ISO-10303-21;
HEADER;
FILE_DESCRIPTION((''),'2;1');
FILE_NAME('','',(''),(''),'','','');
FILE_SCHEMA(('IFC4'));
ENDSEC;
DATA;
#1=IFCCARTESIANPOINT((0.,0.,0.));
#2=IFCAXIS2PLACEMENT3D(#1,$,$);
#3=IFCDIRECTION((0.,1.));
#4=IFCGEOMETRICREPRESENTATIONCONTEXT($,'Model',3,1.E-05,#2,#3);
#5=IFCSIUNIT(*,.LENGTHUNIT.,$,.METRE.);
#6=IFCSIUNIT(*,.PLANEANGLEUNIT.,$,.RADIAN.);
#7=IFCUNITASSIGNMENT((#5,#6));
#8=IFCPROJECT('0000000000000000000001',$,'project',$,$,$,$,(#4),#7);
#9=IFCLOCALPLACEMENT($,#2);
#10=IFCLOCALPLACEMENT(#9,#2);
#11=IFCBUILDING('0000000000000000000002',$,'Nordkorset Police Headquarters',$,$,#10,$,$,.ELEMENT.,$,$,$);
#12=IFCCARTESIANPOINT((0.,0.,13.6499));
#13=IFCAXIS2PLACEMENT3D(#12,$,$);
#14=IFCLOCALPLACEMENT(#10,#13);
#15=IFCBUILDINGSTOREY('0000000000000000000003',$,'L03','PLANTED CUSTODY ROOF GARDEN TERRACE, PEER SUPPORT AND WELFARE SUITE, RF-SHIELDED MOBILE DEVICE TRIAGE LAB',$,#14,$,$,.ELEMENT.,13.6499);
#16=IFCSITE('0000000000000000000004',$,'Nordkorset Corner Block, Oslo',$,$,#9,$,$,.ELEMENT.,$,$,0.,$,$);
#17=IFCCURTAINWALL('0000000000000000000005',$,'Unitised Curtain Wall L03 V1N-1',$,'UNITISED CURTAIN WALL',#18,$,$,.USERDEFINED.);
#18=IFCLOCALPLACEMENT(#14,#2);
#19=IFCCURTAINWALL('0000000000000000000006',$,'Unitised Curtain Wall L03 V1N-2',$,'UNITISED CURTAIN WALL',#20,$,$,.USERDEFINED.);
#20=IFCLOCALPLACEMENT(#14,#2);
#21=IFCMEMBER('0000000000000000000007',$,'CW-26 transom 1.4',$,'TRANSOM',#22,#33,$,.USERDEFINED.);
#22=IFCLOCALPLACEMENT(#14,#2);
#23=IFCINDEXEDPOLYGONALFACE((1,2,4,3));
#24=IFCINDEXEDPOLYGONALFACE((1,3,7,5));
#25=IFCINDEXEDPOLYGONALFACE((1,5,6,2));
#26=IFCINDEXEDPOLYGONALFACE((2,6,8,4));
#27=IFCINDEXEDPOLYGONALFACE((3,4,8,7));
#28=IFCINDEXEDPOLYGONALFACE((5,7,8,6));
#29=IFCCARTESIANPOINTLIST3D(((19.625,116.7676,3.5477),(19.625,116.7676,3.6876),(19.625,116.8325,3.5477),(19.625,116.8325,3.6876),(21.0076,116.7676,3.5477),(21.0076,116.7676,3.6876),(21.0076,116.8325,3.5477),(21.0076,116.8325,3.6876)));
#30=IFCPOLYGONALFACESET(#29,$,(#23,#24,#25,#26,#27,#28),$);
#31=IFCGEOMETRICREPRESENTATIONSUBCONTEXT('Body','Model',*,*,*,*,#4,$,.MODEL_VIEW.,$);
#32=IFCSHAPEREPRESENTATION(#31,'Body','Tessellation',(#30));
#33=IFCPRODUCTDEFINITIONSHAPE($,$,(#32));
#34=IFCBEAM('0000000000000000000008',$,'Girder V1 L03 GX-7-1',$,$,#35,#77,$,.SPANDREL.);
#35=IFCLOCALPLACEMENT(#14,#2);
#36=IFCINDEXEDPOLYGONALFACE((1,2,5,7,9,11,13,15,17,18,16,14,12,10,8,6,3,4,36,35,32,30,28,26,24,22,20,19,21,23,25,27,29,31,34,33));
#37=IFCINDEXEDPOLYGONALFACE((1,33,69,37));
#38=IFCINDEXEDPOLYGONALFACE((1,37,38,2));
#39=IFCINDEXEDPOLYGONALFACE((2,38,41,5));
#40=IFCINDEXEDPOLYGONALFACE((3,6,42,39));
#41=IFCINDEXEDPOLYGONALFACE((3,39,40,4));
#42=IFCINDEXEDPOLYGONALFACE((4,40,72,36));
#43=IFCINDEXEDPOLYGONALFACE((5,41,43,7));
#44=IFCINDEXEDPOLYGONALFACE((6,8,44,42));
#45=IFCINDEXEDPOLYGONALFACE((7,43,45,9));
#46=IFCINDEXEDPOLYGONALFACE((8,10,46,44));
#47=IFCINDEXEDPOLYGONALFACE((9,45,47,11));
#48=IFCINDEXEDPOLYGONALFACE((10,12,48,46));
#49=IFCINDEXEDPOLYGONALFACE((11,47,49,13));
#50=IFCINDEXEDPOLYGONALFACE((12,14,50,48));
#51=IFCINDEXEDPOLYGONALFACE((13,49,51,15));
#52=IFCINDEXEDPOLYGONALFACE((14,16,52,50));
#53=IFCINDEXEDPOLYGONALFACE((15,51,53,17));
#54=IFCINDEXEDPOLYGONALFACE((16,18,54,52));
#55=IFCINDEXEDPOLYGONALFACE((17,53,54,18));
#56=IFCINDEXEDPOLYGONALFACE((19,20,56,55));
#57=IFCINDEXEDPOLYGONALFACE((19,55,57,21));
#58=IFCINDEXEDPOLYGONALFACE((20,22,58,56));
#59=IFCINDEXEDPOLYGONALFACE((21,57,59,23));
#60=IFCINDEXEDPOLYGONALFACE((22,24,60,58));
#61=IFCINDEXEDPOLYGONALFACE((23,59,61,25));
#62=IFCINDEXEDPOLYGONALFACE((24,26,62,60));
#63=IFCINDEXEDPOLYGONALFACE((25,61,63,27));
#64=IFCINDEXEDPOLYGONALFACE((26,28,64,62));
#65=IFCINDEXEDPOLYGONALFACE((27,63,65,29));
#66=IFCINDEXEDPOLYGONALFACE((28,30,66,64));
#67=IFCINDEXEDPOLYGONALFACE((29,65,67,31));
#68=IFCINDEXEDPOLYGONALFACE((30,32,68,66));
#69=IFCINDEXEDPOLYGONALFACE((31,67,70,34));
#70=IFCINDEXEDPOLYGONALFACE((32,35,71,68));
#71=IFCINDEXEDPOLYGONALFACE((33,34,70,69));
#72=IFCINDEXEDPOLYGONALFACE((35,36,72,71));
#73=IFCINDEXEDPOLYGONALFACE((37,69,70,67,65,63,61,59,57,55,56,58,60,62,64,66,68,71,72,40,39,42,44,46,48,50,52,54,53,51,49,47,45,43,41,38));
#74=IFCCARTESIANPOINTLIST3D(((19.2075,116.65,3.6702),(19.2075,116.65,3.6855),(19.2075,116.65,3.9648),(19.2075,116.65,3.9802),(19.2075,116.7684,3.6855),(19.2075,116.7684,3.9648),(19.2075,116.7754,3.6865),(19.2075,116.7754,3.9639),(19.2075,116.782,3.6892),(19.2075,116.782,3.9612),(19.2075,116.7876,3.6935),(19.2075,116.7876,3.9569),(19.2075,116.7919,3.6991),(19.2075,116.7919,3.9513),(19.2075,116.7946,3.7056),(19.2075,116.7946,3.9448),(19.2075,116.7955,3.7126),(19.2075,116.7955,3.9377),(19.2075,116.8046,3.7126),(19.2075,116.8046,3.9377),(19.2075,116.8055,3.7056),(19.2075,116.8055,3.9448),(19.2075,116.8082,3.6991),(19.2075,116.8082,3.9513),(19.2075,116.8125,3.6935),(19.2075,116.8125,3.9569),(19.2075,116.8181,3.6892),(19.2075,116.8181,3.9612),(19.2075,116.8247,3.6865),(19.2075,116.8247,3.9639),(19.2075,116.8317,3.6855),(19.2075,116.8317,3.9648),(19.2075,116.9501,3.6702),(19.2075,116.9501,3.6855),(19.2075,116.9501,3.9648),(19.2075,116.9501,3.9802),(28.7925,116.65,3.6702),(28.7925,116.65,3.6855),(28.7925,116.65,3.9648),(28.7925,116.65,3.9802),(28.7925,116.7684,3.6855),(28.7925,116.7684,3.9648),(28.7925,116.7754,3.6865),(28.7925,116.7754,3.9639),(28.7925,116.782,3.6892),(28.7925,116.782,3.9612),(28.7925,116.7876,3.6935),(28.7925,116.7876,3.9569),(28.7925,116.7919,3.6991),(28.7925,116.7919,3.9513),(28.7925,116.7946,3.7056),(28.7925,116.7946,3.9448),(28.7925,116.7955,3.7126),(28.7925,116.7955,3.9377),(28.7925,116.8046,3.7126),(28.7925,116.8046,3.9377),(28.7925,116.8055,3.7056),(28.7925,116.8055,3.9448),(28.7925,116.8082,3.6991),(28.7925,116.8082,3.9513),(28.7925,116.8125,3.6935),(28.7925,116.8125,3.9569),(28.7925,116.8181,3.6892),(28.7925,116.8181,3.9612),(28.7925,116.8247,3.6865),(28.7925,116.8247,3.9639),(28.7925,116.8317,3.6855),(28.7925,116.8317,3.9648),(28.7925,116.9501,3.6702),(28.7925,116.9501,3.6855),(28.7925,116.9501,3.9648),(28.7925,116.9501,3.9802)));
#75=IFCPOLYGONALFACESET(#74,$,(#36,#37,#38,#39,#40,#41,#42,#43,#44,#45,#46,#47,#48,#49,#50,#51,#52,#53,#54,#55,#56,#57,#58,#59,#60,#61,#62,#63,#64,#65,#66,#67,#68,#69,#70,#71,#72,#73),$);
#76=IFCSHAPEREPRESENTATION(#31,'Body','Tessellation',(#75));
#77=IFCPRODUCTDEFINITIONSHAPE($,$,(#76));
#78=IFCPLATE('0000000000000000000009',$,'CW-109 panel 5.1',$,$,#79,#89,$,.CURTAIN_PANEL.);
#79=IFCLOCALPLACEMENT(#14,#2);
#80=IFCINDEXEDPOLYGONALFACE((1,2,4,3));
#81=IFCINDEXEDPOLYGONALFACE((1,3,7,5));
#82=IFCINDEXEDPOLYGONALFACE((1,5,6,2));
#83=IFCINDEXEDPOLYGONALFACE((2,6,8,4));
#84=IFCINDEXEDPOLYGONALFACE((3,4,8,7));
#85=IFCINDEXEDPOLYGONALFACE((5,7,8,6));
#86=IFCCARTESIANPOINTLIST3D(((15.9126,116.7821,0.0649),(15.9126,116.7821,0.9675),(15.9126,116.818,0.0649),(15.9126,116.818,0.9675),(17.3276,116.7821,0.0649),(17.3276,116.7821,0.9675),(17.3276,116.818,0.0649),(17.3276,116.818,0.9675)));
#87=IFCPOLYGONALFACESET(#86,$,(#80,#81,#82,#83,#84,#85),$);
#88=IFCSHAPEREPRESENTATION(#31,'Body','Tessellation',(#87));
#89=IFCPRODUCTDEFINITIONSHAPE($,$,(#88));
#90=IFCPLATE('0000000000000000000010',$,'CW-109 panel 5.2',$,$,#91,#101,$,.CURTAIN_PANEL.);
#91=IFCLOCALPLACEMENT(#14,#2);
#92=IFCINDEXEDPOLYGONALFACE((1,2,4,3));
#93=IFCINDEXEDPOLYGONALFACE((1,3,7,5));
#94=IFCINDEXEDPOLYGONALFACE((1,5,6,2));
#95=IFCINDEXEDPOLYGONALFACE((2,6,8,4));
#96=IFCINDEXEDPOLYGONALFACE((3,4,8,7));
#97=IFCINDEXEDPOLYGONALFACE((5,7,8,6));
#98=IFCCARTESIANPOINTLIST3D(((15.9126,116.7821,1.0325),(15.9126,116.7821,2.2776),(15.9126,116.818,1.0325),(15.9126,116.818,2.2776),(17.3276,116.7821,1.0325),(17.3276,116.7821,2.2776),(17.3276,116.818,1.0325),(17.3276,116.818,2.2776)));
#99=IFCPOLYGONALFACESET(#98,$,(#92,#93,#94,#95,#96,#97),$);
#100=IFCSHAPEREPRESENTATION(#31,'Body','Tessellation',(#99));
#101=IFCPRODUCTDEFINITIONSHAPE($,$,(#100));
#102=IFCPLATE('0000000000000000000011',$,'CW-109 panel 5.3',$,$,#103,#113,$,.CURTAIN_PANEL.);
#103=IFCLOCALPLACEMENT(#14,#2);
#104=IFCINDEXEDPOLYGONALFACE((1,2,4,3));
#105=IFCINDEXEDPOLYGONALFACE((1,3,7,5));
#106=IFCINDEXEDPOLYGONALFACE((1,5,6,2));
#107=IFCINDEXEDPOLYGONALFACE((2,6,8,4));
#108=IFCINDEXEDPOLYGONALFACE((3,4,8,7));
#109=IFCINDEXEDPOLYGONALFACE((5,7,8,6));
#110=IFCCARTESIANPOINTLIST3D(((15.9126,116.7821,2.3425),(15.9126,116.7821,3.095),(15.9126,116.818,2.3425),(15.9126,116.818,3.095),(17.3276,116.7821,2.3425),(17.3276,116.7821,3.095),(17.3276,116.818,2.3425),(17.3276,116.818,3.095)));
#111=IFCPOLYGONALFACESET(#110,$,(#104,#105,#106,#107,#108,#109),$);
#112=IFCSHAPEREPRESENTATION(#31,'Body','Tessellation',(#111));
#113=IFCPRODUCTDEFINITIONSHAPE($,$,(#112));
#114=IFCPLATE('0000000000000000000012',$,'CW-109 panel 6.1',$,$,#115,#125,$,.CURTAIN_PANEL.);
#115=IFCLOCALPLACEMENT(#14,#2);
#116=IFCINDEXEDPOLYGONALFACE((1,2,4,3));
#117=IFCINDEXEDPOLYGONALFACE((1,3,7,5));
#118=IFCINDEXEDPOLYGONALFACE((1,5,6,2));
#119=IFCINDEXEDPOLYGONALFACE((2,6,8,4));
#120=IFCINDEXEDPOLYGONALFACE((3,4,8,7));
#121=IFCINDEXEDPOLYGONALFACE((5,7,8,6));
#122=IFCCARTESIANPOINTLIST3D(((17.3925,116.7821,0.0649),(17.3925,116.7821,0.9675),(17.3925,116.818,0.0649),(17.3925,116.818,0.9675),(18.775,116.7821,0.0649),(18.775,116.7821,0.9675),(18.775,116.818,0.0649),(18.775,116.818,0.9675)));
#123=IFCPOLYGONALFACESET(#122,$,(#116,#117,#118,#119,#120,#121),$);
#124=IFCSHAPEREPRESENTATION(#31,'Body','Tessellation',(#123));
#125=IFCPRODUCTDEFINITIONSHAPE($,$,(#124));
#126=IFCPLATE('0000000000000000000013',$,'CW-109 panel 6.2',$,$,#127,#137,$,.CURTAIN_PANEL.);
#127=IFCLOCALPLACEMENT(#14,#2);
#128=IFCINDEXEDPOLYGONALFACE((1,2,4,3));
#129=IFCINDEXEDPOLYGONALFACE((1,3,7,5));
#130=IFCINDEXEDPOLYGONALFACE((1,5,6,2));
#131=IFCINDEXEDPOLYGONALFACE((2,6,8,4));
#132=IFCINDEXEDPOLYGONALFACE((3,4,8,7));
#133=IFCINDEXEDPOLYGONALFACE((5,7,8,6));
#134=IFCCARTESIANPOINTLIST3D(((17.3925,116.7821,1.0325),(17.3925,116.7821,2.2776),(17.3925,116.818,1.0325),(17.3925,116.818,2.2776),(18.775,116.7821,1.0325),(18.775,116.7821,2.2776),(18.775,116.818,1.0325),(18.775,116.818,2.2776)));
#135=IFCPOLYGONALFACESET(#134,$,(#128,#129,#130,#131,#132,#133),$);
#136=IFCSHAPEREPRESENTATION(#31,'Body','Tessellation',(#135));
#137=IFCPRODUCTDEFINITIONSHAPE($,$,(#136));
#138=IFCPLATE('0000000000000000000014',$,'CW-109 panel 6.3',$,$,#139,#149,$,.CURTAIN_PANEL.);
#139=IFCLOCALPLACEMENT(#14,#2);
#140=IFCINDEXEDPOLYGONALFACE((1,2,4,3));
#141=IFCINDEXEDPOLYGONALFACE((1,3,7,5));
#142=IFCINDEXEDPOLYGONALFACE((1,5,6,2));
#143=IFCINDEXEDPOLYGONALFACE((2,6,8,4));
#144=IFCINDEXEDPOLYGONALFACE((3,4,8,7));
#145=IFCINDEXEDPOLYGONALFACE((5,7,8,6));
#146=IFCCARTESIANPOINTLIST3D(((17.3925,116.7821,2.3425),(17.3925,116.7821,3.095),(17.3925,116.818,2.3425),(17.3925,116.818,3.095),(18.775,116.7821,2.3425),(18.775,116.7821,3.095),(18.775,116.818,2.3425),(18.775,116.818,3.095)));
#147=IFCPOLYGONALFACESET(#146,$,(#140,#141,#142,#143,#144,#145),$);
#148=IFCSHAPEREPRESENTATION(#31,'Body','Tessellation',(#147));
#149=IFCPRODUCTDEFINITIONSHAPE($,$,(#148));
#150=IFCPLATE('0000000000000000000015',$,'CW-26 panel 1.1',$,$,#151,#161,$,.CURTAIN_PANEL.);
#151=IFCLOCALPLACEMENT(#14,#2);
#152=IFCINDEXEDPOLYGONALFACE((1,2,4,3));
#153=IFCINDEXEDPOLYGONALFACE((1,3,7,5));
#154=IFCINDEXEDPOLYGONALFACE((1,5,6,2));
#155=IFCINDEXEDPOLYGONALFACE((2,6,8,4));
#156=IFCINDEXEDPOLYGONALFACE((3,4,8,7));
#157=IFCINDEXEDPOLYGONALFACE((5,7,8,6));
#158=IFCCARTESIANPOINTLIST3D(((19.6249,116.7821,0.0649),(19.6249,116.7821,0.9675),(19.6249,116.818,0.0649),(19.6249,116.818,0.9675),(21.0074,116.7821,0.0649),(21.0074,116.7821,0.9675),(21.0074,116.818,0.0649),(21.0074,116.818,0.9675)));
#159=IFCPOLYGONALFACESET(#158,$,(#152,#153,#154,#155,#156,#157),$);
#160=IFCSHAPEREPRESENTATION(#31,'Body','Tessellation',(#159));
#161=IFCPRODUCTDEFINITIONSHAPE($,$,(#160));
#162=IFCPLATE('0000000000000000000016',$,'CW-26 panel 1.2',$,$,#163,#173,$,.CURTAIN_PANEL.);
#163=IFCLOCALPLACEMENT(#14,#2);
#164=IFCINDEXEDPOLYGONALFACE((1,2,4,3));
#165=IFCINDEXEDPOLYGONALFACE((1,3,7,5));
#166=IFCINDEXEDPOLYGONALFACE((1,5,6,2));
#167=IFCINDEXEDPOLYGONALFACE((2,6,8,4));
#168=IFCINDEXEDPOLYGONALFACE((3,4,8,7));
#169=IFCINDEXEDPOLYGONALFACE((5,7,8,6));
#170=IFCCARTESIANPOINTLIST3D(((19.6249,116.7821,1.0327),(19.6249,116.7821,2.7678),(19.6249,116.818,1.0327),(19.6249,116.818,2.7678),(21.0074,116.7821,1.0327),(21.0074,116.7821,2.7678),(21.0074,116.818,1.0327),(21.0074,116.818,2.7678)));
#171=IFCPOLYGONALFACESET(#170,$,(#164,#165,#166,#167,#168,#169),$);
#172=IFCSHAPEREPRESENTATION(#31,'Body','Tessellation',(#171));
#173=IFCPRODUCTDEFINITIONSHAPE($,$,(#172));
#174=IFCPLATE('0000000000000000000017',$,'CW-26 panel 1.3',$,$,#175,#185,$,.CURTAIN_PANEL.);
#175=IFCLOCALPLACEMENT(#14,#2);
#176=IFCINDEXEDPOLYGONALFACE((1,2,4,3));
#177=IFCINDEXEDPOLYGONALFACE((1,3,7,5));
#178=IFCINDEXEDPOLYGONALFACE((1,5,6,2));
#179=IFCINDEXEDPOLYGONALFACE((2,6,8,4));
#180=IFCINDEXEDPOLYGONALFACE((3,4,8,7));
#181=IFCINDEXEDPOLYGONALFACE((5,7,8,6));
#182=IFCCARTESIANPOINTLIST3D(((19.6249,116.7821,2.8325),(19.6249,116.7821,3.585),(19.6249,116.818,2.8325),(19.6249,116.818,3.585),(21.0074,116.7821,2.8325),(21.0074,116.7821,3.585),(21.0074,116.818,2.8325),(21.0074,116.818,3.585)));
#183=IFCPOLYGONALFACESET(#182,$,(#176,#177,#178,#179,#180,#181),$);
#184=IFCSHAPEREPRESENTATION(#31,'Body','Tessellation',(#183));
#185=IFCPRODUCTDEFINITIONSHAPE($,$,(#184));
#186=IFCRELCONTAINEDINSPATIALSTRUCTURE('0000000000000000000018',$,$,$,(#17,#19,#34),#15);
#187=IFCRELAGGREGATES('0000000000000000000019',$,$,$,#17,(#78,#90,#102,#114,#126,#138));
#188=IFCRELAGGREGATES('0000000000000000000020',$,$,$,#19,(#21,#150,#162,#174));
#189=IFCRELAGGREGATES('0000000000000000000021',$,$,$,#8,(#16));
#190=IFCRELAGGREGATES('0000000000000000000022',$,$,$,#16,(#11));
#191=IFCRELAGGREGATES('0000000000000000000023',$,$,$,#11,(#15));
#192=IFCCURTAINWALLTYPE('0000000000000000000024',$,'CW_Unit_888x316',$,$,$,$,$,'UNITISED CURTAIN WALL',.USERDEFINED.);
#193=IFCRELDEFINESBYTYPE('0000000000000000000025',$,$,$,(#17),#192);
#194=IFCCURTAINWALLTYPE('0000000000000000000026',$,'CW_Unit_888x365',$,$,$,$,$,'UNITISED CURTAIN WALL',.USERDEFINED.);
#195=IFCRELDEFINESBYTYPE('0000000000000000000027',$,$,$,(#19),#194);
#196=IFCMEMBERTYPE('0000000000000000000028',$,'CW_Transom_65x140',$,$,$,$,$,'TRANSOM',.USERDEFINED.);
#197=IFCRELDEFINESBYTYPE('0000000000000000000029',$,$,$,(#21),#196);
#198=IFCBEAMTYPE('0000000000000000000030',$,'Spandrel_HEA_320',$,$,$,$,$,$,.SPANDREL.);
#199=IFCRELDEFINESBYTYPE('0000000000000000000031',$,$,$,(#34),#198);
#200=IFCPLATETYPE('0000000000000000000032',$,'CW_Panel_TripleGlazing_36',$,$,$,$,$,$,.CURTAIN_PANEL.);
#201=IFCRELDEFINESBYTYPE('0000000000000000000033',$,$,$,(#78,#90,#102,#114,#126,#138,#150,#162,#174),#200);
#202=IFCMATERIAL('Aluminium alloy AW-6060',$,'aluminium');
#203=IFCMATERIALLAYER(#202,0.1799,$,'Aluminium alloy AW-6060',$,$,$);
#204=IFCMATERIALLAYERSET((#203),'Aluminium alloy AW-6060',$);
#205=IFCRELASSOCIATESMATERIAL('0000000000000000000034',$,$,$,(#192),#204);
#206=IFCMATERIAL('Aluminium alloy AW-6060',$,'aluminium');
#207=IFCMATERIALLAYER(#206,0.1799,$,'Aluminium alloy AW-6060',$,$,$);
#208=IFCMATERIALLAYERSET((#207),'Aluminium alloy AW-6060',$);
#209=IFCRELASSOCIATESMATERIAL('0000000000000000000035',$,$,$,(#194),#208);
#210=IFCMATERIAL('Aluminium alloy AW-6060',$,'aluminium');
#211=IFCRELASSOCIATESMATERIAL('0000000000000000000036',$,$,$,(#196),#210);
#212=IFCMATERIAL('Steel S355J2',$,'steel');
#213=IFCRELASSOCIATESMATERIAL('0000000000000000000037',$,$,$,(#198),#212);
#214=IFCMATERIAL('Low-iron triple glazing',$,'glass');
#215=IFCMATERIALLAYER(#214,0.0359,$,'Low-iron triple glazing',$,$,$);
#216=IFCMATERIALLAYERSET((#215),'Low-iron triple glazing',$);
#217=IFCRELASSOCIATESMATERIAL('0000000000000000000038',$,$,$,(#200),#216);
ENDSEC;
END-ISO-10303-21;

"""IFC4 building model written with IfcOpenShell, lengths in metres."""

from ifc_helpers import new_model, si_unit, direction, frame, origin, origin_2d, place, context, subcontext, project, spatial, rectangle, i_section, extrude, material, layer, layer_set, material_profile, profile_set, type_object, element, aggregate, save


model = new_model("IFC4")

# Units and contexts
model_context = context("Model", 3, precision=1e-05, world=origin(), true_north=direction((0.0, 1.0)))
body_context = subcontext(model_context, "Body", "Model", "MODEL_VIEW")
ifc_project = project(units=[si_unit("LENGTHUNIT", "METRE"), si_unit("PLANEANGLEUNIT", "RADIAN")], contexts=[model_context])

# Site, building, storey
site_placement = place(None, origin())
site = spatial("IfcSite", under=ifc_project, at=site_placement, Name="Nordkorset Corner Block, Oslo", CompositionType="ELEMENT", RefElevation=0.0)
building_placement = place(site_placement, origin())
building = spatial("IfcBuilding", under=site, at=building_placement, Name="Nordkorset Police Headquarters", CompositionType="ELEMENT")
storey_placement = place(building_placement, frame((0.0, 0.0, 13.6499)))
storey = spatial("IfcBuildingStorey", under=building, at=storey_placement, Name="L03", Description="PLANTED CUSTODY ROOF GARDEN TERRACE, PEER SUPPORT AND WELFARE SUITE, RF-SHIELDED MOBILE DEVICE TRIAGE LAB", CompositionType="ELEMENT", Elevation=13.6499)

# Curtain walls
ifc_material_1 = material(Name="Aluminium alloy AW-6060", Category="aluminium")
ifc_layer_1 = layer(ifc_material_1, 0.1799, Name="Aluminium alloy AW-6060")
ifc_layer_set_1 = layer_set([ifc_layer_1], Name="Aluminium alloy AW-6060")
curtain_wall_type_1 = type_object("IfcCurtainWallType", Name="CW_Unit_888x316", ElementType="UNITISED CURTAIN WALL", PredefinedType="USERDEFINED", material=ifc_layer_set_1)
curtain_wall_1_placement = place(storey_placement, origin())
curtain_wall_1 = element("IfcCurtainWall", 1, at=curtain_wall_1_placement, inside=storey, type_object=curtain_wall_type_1, Name="Unitised Curtain Wall L03 V1N-1", ObjectType="UNITISED CURTAIN WALL", PredefinedType="USERDEFINED")
ifc_material_2 = material(Name="Aluminium alloy AW-6060", Category="aluminium")
ifc_layer_2 = layer(ifc_material_2, 0.1799, Name="Aluminium alloy AW-6060")
ifc_layer_set_2 = layer_set([ifc_layer_2], Name="Aluminium alloy AW-6060")
curtain_wall_type_2 = type_object("IfcCurtainWallType", Name="CW_Unit_888x365", ElementType="UNITISED CURTAIN WALL", PredefinedType="USERDEFINED", material=ifc_layer_set_2)
curtain_wall_2_placement = place(storey_placement, origin())
curtain_wall_2 = element("IfcCurtainWall", 2, at=curtain_wall_2_placement, inside=storey, type_object=curtain_wall_type_2, Name="Unitised Curtain Wall L03 V1N-2", ObjectType="UNITISED CURTAIN WALL", PredefinedType="USERDEFINED")

# Member
ifc_material_3 = material(Name="Aluminium alloy AW-6060", Category="aluminium")
ifc_material_profile_1 = material_profile(ifc_material_3, rectangle(XDim=0.0649, YDim=0.1399, at=origin_2d()), Name="ALU TRAN 65x140")
ifc_profile_set_1 = profile_set([ifc_material_profile_1], Name="Aluminium alloy AW-6060")
member_type_1 = type_object("IfcMemberType", Name="CW_Transom_65x140", ElementType="TRANSOM", PredefinedType="USERDEFINED", material=ifc_profile_set_1)
member_1_placement = place(storey_placement, frame((19.625, 116.8, 3.6177), z_axis=(1.0, 0.0, 0.0), x_axis=(0.0, 1.0, 0.0)))
member_1 = element("IfcMember", 3, at=member_1_placement, type_object=member_type_1, Name="CW-26 transom 1.4", ObjectType="TRANSOM", PredefinedType="USERDEFINED", context=body_context, shape_type="SweptSolid", body=[
    extrude(rectangle(XDim=0.0649, YDim=0.1399, at=origin_2d()), origin(), (0.0, 0.0, 1.0), 1.3826),
])

# Beam
ifc_material_4 = material(Name="Steel S355J2", Category="steel")
ifc_material_profile_2 = material_profile(ifc_material_4, i_section(OverallWidth=0.3, OverallDepth=0.3101, WebThickness=0.009, FlangeThickness=0.0154, FilletRadius=0.0271, at=origin_2d()), Name="HEA 320")
ifc_profile_set_2 = profile_set([ifc_material_profile_2], Name="Steel S355J2")
beam_type = type_object("IfcBeamType", Name="Spandrel_HEA_320", PredefinedType="SPANDREL", material=ifc_profile_set_2)
beam_placement = place(storey_placement, frame((19.2075, 116.8, 3.8252), z_axis=(1.0, 0.0, 0.0), x_axis=(0.0, 1.0, 0.0)))
element("IfcBeam", 4, at=beam_placement, inside=storey, type_object=beam_type, Name="Girder V1 L03 GX-7-1", PredefinedType="SPANDREL", context=body_context, shape_type="SweptSolid", body=[
    extrude(i_section(OverallWidth=0.3, OverallDepth=0.3101, WebThickness=0.009, FlangeThickness=0.0154, FilletRadius=0.0271, at=origin_2d()), origin(), (0.0, 0.0, 1.0), 9.585),
])

# Plates
ifc_material_5 = material(Name="Low-iron triple glazing", Category="glass")
ifc_layer_3 = layer(ifc_material_5, 0.0359, Name="Low-iron triple glazing")
ifc_layer_set_3 = layer_set([ifc_layer_3], Name="Low-iron triple glazing")
plate_type = type_object("IfcPlateType", Name="CW_Panel_TripleGlazing_36", PredefinedType="CURTAIN_PANEL", material=ifc_layer_set_3)
plate_1_placement = place(storey_placement, frame((16.6201, 116.8, 0.0649), z_axis=(0.0, 0.0, 1.0), x_axis=(1.0, 0.0, 0.0)))
plate_1 = element("IfcPlate", 5, at=plate_1_placement, type_object=plate_type, Name="CW-109 panel 5.1", PredefinedType="CURTAIN_PANEL", context=body_context, shape_type="SweptSolid", body=[
    extrude(rectangle(XDim=1.415, YDim=0.0359, at=origin_2d()), origin(), (0.0, 0.0, 1.0), 0.9026),
])
plate_2_placement = place(storey_placement, frame((16.6201, 116.8, 1.0325), z_axis=(0.0, 0.0, 1.0), x_axis=(1.0, 0.0, 0.0)))
plate_2 = element("IfcPlate", 6, at=plate_2_placement, type_object=plate_type, Name="CW-109 panel 5.2", PredefinedType="CURTAIN_PANEL", context=body_context, shape_type="SweptSolid", body=[
    extrude(rectangle(XDim=1.415, YDim=0.0359, at=origin_2d()), origin(), (0.0, 0.0, 1.0), 1.2451),
])
plate_3_placement = place(storey_placement, frame((16.6201, 116.8, 2.3425), z_axis=(0.0, 0.0, 1.0), x_axis=(1.0, 0.0, 0.0)))
plate_3 = element("IfcPlate", 7, at=plate_3_placement, type_object=plate_type, Name="CW-109 panel 5.3", PredefinedType="CURTAIN_PANEL", context=body_context, shape_type="SweptSolid", body=[
    extrude(rectangle(XDim=1.415, YDim=0.0359, at=origin_2d()), origin(), (0.0, 0.0, 1.0), 0.7524),
])
plate_4_placement = place(storey_placement, frame((18.0837, 116.8, 0.0649), z_axis=(0.0, 0.0, 1.0), x_axis=(1.0, 0.0, 0.0)))
plate_4 = element("IfcPlate", 8, at=plate_4_placement, type_object=plate_type, Name="CW-109 panel 6.1", PredefinedType="CURTAIN_PANEL", context=body_context, shape_type="SweptSolid", body=[
    extrude(rectangle(XDim=1.3826, YDim=0.0359, at=origin_2d()), origin(), (0.0, 0.0, 1.0), 0.9026),
])
plate_5_placement = place(storey_placement, frame((18.0837, 116.8, 1.0325), z_axis=(0.0, 0.0, 1.0), x_axis=(1.0, 0.0, 0.0)))
plate_5 = element("IfcPlate", 9, at=plate_5_placement, type_object=plate_type, Name="CW-109 panel 6.2", PredefinedType="CURTAIN_PANEL", context=body_context, shape_type="SweptSolid", body=[
    extrude(rectangle(XDim=1.3826, YDim=0.0359, at=origin_2d()), origin(), (0.0, 0.0, 1.0), 1.2451),
])
plate_6_placement = place(storey_placement, frame((18.0837, 116.8, 2.3425), z_axis=(0.0, 0.0, 1.0), x_axis=(1.0, 0.0, 0.0)))
plate_6 = element("IfcPlate", 10, at=plate_6_placement, type_object=plate_type, Name="CW-109 panel 6.3", PredefinedType="CURTAIN_PANEL", context=body_context, shape_type="SweptSolid", body=[
    extrude(rectangle(XDim=1.3826, YDim=0.0359, at=origin_2d()), origin(), (0.0, 0.0, 1.0), 0.7524),
])
aggregate(curtain_wall_1, [plate_1, plate_2, plate_3, plate_4, plate_5, plate_6])
plate_7_placement = place(storey_placement, frame((20.3162, 116.8, 0.0649), z_axis=(0.0, 0.0, 1.0), x_axis=(1.0, 0.0, 0.0)))
plate_7 = element("IfcPlate", 11, at=plate_7_placement, type_object=plate_type, Name="CW-26 panel 1.1", PredefinedType="CURTAIN_PANEL", context=body_context, shape_type="SweptSolid", body=[
    extrude(rectangle(XDim=1.3826, YDim=0.0359, at=origin_2d()), origin(), (0.0, 0.0, 1.0), 0.9026),
])
plate_8_placement = place(storey_placement, frame((20.3162, 116.8, 1.0327), z_axis=(0.0, 0.0, 1.0), x_axis=(1.0, 0.0, 0.0)))
plate_8 = element("IfcPlate", 12, at=plate_8_placement, type_object=plate_type, Name="CW-26 panel 1.2", PredefinedType="CURTAIN_PANEL", context=body_context, shape_type="SweptSolid", body=[
    extrude(rectangle(XDim=1.3826, YDim=0.0359, at=origin_2d()), origin(), (0.0, 0.0, 1.0), 1.7351),
])
plate_9_placement = place(storey_placement, frame((20.3162, 116.8, 2.8325), z_axis=(0.0, 0.0, 1.0), x_axis=(1.0, 0.0, 0.0)))
plate_9 = element("IfcPlate", 13, at=plate_9_placement, type_object=plate_type, Name="CW-26 panel 1.3", PredefinedType="CURTAIN_PANEL", context=body_context, shape_type="SweptSolid", body=[
    extrude(rectangle(XDim=1.3826, YDim=0.0359, at=origin_2d()), origin(), (0.0, 0.0, 1.0), 0.7524),
])
aggregate(curtain_wall_2, [member_1, plate_7, plate_8, plate_9])

save(model, "model.ifc")
